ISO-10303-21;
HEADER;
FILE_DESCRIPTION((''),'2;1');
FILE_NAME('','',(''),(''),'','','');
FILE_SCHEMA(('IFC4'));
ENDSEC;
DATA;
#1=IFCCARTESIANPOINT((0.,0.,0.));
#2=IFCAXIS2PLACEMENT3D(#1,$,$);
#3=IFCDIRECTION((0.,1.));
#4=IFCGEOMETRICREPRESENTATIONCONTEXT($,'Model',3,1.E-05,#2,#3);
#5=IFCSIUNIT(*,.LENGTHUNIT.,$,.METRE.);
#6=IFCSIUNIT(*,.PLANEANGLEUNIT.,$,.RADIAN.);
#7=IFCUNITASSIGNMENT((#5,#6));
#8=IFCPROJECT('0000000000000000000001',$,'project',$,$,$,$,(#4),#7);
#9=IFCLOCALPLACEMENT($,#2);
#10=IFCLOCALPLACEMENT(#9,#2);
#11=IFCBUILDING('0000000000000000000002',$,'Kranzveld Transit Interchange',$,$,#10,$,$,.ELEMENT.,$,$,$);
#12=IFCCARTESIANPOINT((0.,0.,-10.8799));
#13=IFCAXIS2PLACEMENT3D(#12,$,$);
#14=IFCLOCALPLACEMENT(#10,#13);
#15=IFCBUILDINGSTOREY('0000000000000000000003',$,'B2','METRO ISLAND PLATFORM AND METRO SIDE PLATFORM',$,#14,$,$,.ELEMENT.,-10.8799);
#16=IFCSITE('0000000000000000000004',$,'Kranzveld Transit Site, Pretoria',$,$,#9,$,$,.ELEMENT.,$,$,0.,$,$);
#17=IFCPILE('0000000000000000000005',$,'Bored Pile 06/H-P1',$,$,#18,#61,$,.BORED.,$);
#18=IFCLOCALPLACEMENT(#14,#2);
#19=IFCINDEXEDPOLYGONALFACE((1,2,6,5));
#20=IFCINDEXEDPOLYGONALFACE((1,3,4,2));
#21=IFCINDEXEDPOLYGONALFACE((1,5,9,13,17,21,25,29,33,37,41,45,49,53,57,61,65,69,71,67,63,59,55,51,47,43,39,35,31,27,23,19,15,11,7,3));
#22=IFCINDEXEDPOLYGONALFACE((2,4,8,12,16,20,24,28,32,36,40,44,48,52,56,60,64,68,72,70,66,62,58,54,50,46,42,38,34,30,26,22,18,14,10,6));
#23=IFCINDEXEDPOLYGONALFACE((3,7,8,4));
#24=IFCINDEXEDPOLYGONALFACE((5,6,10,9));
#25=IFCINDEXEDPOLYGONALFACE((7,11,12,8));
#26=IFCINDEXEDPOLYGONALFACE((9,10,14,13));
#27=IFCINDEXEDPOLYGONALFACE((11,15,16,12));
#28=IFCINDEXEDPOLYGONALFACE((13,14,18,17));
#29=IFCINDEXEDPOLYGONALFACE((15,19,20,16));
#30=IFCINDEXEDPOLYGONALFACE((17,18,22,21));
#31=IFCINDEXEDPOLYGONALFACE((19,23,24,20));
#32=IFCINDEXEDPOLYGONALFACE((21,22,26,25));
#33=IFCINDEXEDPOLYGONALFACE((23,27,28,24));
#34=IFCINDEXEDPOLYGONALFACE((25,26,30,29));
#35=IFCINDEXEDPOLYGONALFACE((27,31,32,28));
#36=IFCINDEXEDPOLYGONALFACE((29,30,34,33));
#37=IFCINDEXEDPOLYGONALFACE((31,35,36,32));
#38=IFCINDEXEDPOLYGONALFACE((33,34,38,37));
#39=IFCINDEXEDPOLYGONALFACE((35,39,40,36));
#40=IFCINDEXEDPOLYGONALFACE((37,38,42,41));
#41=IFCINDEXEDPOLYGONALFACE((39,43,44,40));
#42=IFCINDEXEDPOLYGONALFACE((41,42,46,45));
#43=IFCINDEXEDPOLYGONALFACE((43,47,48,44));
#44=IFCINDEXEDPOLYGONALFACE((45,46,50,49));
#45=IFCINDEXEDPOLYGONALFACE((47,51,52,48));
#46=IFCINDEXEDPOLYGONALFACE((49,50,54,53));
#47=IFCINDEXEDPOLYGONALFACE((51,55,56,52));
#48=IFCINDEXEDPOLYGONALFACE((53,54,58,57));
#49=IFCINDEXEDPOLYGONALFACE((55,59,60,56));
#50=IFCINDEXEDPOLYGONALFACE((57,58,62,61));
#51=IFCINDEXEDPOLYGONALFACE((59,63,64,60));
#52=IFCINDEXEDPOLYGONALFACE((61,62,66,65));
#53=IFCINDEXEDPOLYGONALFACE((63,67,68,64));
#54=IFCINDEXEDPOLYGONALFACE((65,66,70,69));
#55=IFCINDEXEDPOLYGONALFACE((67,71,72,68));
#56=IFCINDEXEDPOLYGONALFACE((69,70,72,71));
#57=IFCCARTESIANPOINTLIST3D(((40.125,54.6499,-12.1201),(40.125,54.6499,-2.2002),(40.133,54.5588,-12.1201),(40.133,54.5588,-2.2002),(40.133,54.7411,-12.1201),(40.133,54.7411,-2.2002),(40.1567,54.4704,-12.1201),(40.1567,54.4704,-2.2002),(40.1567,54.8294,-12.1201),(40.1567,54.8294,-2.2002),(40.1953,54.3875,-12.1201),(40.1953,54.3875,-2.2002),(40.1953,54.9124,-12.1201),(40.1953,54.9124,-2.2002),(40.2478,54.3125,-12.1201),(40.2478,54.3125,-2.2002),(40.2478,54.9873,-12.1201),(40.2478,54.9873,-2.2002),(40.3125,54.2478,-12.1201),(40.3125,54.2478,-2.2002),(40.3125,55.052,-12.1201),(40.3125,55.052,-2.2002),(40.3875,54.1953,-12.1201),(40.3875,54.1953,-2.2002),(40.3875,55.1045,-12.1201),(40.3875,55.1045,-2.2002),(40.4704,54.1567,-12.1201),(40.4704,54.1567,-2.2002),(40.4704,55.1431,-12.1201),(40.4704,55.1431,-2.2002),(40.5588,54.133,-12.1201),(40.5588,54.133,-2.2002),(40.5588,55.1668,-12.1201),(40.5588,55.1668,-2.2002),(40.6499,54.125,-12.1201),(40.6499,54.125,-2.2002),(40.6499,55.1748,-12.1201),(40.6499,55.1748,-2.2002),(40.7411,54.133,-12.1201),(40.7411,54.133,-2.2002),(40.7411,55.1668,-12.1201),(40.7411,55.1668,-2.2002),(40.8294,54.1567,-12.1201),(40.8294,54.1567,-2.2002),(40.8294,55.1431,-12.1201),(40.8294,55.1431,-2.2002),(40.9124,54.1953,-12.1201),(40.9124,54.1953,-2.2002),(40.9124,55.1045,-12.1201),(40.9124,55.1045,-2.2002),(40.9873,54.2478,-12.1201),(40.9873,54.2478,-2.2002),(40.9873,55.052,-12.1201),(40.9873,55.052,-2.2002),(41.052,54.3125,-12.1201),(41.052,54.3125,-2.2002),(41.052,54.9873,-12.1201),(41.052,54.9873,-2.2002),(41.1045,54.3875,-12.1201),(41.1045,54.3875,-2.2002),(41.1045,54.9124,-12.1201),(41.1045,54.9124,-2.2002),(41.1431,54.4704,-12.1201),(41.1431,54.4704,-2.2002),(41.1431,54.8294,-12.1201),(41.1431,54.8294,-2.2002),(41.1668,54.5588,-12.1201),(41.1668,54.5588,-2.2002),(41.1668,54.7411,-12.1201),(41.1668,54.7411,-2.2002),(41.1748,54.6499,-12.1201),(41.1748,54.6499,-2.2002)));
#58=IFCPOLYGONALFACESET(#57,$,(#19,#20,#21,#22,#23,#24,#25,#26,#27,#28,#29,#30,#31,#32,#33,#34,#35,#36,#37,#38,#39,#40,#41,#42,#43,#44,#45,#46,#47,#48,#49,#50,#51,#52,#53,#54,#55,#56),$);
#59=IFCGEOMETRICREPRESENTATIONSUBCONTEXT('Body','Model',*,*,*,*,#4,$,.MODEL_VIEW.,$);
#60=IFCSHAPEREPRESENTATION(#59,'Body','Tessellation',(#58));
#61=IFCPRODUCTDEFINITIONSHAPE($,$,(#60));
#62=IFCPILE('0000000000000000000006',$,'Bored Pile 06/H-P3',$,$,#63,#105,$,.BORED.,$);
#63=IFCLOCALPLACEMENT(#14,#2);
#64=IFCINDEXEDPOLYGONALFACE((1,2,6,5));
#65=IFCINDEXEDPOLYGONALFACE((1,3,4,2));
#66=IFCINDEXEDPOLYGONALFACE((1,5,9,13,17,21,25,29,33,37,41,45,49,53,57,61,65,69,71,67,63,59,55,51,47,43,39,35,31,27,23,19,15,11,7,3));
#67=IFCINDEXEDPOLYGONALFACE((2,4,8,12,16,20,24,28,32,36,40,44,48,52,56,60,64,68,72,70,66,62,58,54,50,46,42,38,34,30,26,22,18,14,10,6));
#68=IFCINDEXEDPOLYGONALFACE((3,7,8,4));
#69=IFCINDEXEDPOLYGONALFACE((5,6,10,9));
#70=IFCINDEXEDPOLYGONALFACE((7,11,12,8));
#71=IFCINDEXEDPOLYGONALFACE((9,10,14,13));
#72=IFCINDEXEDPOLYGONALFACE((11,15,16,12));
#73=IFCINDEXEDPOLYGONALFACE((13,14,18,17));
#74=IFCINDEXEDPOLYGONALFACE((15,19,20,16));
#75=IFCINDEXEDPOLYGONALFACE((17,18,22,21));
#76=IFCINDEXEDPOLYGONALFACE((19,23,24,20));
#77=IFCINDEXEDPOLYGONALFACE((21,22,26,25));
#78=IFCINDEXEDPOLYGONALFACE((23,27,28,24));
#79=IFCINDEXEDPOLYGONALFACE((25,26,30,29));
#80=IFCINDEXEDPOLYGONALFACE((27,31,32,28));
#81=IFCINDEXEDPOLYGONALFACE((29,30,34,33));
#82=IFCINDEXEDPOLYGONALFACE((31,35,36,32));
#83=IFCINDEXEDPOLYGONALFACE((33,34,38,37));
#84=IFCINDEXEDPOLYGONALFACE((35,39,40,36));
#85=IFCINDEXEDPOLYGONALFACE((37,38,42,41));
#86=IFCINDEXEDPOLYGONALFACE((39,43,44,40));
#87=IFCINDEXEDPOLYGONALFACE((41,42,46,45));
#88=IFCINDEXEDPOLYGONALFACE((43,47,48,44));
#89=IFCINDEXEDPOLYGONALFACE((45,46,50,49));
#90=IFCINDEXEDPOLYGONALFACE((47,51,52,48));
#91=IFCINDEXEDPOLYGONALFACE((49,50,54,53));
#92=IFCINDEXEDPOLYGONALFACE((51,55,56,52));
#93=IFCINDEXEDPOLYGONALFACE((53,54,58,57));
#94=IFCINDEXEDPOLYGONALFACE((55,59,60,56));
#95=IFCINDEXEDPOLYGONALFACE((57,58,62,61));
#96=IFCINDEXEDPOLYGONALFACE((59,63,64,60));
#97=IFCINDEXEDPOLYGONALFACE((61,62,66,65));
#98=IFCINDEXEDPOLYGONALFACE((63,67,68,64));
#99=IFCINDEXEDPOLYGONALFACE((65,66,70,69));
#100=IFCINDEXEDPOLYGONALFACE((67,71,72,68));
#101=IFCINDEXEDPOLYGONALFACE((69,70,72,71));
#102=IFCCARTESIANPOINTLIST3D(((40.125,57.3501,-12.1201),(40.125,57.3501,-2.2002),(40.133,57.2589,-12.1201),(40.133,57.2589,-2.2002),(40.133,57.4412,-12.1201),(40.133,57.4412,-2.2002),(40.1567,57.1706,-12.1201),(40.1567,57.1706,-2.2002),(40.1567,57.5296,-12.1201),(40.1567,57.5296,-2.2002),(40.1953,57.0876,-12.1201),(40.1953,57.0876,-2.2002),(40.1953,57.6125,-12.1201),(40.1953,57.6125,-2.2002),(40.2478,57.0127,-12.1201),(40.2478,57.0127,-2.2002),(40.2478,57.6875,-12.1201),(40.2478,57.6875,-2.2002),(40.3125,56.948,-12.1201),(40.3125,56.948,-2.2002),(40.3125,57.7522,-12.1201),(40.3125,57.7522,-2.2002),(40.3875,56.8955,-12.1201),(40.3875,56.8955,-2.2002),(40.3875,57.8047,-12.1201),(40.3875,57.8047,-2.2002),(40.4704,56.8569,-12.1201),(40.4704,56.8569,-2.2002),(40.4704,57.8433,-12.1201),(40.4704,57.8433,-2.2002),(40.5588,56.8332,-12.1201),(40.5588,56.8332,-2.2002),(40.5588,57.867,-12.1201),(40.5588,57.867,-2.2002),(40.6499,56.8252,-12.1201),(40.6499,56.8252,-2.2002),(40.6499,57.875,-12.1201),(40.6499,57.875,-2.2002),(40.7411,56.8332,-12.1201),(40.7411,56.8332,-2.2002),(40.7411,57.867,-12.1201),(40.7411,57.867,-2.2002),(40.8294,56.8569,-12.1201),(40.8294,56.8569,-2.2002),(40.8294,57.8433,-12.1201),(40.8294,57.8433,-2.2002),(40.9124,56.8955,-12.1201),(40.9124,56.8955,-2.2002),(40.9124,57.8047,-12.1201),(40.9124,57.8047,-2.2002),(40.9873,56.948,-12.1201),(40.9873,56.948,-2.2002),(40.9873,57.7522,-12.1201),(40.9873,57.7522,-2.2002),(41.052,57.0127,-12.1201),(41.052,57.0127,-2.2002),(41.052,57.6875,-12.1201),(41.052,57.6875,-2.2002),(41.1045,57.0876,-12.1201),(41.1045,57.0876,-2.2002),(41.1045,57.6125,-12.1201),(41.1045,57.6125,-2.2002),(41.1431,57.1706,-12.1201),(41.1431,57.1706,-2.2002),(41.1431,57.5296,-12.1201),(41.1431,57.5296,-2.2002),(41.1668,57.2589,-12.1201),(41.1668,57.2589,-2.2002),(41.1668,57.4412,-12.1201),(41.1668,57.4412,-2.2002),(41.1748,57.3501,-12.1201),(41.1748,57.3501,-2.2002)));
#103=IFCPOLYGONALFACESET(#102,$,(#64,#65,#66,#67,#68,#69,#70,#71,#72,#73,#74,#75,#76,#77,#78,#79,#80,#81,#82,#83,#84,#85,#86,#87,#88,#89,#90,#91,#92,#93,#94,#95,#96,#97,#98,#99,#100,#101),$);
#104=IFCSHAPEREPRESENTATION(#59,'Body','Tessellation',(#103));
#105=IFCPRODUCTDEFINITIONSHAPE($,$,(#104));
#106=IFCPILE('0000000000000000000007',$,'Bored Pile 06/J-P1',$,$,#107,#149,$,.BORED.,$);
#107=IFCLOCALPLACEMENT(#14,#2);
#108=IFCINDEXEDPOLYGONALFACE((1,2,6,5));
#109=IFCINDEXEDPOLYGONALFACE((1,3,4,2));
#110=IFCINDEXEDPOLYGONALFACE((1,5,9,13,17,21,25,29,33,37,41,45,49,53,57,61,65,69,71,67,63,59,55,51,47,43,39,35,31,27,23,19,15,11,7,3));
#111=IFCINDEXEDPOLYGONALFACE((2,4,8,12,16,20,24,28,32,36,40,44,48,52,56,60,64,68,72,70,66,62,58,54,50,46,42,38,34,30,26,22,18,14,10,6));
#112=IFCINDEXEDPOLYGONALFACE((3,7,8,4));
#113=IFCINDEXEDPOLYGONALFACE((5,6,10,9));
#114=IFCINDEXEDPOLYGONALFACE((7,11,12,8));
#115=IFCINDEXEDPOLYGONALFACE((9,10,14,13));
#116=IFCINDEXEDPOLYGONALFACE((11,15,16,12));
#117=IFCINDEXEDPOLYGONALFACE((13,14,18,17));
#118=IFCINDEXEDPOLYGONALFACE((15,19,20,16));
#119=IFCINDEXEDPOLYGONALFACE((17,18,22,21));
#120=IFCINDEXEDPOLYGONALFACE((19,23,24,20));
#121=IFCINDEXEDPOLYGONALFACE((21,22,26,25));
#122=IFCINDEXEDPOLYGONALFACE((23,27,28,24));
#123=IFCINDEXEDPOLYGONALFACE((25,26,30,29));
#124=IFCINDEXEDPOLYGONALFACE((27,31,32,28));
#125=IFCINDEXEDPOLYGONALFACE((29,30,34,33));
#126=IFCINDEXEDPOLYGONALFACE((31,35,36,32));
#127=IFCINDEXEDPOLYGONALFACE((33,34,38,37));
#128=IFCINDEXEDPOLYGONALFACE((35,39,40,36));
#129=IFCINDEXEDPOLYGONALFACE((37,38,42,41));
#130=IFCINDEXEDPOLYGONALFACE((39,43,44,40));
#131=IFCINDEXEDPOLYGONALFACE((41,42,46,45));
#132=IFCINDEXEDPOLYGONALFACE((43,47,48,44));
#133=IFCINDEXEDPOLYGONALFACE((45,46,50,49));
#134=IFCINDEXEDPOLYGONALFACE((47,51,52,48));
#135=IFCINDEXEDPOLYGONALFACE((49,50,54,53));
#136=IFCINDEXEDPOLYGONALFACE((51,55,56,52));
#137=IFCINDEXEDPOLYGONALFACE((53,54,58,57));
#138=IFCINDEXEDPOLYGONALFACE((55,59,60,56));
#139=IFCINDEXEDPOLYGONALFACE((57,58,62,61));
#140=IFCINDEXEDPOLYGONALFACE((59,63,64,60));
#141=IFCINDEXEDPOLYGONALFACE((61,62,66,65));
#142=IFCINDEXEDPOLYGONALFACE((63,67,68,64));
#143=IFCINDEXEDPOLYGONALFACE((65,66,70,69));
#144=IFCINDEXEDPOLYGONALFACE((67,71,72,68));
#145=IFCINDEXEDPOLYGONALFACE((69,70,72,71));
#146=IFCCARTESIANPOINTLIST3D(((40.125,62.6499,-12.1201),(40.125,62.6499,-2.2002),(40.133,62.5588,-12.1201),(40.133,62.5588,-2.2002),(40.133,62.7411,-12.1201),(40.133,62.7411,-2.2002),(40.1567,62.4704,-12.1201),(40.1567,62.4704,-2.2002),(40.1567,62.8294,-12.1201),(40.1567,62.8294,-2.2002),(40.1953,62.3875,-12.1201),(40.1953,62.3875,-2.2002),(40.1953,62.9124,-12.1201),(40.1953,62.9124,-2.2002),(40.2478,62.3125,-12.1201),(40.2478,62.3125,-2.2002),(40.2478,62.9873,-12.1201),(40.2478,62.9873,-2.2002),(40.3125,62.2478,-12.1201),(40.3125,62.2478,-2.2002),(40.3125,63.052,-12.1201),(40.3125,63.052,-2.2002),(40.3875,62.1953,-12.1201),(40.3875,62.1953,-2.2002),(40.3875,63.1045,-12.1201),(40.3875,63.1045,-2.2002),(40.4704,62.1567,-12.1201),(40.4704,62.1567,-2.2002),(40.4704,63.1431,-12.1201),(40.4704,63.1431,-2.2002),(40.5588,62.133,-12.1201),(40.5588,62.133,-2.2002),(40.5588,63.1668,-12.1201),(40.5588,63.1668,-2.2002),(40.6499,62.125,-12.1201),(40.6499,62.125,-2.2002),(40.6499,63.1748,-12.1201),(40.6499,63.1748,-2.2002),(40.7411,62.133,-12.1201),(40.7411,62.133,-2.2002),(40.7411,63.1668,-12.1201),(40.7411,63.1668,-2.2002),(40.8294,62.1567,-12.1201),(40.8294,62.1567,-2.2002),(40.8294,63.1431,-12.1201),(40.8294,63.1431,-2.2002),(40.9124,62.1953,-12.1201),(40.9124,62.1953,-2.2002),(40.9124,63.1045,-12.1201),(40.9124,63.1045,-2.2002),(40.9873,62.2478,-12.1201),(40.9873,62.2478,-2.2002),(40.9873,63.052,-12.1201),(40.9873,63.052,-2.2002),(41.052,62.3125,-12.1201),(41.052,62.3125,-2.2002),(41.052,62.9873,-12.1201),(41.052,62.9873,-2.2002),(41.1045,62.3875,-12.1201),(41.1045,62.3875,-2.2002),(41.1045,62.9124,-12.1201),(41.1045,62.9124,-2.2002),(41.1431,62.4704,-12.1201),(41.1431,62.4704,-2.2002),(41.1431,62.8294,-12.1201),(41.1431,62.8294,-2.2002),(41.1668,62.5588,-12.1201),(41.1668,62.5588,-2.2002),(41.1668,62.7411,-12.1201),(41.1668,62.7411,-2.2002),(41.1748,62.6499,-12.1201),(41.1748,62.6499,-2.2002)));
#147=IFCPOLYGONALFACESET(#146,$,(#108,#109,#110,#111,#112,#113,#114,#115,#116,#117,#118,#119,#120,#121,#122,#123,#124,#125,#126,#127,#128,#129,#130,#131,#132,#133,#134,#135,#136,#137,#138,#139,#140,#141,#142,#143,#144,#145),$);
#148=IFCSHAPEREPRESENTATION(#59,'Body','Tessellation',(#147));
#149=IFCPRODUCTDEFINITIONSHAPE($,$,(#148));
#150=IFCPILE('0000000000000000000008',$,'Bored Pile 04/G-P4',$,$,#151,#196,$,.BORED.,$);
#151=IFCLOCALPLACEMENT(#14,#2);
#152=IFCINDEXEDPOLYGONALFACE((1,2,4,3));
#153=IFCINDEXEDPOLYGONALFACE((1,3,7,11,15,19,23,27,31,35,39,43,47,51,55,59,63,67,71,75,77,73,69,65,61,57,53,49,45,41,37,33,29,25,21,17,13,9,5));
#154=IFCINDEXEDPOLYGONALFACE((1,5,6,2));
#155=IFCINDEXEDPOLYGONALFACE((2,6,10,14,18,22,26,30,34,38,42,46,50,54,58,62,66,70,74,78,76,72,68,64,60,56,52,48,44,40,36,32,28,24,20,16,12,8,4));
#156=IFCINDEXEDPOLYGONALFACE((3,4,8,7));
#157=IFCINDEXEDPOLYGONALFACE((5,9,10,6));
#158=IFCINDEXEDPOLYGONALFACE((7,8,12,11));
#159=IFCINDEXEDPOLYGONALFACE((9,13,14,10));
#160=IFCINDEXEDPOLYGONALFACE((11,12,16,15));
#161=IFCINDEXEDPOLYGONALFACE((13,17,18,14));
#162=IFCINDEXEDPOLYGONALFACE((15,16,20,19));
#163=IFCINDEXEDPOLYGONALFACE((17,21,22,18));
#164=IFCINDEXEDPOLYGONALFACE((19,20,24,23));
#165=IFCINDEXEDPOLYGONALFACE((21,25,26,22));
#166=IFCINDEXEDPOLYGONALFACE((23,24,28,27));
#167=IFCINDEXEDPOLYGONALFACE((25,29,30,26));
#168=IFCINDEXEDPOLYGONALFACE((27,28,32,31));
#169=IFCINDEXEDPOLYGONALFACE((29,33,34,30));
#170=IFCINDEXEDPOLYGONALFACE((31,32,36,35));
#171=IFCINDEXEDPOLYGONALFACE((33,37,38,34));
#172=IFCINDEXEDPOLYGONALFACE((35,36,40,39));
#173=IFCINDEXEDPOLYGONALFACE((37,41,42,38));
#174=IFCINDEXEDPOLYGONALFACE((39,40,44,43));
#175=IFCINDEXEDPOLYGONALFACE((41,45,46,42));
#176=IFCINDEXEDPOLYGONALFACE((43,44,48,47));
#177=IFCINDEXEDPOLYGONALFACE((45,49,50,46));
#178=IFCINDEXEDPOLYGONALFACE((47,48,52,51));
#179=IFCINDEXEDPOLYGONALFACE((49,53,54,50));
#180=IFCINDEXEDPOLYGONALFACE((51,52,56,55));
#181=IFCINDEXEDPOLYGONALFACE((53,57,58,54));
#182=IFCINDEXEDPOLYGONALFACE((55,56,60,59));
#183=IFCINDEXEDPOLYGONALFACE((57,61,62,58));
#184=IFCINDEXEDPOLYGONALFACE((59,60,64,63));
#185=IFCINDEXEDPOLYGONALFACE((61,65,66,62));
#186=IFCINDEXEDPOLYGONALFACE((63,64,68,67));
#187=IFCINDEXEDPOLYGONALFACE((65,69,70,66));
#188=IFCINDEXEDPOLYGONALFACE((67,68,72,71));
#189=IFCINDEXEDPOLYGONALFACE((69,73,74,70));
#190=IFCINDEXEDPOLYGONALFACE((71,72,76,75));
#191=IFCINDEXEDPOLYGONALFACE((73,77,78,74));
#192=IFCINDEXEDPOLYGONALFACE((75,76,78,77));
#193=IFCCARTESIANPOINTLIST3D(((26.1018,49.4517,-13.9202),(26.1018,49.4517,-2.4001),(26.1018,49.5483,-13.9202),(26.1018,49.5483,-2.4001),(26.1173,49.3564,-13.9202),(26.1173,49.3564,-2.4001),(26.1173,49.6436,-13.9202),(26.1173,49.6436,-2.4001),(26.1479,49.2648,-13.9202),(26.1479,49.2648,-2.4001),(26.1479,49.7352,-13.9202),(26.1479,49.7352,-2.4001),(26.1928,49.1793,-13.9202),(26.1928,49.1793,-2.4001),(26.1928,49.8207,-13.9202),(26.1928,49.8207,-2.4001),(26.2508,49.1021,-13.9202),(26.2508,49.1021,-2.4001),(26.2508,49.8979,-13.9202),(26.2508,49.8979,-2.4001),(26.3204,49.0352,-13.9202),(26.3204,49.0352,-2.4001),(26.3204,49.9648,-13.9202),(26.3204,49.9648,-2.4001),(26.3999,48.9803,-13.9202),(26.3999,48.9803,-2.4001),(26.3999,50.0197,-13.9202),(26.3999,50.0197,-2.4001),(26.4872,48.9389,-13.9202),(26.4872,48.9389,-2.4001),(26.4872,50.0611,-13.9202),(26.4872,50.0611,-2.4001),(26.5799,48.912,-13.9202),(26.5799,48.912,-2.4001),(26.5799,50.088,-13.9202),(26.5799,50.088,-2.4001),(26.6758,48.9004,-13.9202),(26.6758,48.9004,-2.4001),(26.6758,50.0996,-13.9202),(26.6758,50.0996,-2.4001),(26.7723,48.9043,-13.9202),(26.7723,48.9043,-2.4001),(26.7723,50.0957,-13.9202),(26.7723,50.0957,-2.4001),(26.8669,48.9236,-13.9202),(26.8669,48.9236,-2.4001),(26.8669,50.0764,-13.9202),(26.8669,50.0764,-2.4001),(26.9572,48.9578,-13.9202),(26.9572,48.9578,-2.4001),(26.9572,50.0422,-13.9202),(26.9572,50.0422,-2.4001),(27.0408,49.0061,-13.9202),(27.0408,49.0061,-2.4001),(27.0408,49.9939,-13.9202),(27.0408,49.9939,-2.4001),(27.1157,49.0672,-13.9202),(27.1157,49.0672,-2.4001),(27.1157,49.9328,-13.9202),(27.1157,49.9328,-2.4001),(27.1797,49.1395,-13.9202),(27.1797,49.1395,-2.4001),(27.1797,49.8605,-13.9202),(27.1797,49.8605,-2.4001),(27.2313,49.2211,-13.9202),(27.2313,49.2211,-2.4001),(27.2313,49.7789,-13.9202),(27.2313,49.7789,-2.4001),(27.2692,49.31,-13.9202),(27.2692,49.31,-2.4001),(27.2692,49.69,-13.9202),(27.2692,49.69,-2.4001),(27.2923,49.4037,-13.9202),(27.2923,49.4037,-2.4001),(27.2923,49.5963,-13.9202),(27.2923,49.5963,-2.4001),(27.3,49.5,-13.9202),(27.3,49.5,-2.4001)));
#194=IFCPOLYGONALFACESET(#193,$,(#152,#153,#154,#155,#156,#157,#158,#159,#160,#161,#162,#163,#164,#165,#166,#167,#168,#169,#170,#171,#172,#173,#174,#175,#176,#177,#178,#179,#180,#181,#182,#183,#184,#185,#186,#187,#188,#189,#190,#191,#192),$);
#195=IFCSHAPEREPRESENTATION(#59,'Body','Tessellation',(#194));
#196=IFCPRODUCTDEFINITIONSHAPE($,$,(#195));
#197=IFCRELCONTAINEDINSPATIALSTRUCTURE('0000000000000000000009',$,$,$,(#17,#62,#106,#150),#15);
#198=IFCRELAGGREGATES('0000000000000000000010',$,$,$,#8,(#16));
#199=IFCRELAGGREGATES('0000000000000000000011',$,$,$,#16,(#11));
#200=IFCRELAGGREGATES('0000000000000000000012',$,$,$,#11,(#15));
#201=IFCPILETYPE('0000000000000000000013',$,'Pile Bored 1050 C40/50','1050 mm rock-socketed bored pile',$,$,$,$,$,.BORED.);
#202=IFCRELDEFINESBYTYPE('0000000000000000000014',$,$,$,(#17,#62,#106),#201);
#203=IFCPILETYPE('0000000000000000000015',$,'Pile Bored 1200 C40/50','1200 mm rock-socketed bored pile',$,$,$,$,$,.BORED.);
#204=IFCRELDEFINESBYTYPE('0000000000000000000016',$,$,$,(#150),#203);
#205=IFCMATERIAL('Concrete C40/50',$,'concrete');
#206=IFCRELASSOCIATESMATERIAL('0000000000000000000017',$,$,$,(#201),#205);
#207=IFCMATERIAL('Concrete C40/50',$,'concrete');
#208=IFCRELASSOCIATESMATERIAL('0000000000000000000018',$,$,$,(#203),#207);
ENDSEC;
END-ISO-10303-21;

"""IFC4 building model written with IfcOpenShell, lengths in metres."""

from ifc_helpers import new_model, si_unit, direction, frame, origin, origin_2d, place, context, subcontext, project, spatial, circle, extrude, material, material_profile, profile_set, type_object, element, save


model = new_model("IFC4")

# Units and contexts
model_context = context("Model", 3, precision=1e-05, world=origin(), true_north=direction((0.0, 1.0)))
body_context = subcontext(model_context, "Body", "Model", "MODEL_VIEW")
ifc_project = project(units=[si_unit("LENGTHUNIT", "METRE"), si_unit("PLANEANGLEUNIT", "RADIAN")], contexts=[model_context])

# Site, building, storey
site_placement = place(None, origin())
site = spatial("IfcSite", under=ifc_project, at=site_placement, Name="Kranzveld Transit Site, Pretoria", CompositionType="ELEMENT", RefElevation=0.0)
building_placement = place(site_placement, origin())
building = spatial("IfcBuilding", under=site, at=building_placement, Name="Kranzveld Transit Interchange", CompositionType="ELEMENT")
storey_placement = place(building_placement, frame((0.0, 0.0, -10.8799)))
storey = spatial("IfcBuildingStorey", under=building, at=storey_placement, Name="B2", Description="METRO ISLAND PLATFORM AND METRO SIDE PLATFORM", CompositionType="ELEMENT", Elevation=-10.8799)

# Piles
ifc_material_1 = material(Name="Concrete C40/50", Category="concrete")
ifc_material_profile_1 = material_profile(ifc_material_1, circle(Radius=0.5249, at=origin_2d()), Name="BORED PILE 1050")
ifc_profile_set_1 = profile_set([ifc_material_profile_1], Name="Concrete C40/50")
pile_type_1 = type_object("IfcPileType", Name="Pile Bored 1050 C40/50", Description="1050 mm rock-socketed bored pile", PredefinedType="BORED", material=ifc_profile_set_1)
for number, where, z_axis, x_axis, name in (
    (1, (40.6499, 54.6499, -2.2002), (0.0, 0.0, -1.0), (1.0, 0.0, 0.0), "Bored Pile 06/H-P1"),
    (2, (40.6499, 57.3501, -2.2002), (0.0, 0.0, -1.0), (1.0, 0.0, 0.0), "Bored Pile 06/H-P3"),
    (3, (40.6499, 62.6499, -2.2002), (0.0, 0.0, -1.0), (1.0, 0.0, 0.0), "Bored Pile 06/J-P1"),
):
    element("IfcPile", number, at=place(storey_placement, frame(where, z_axis=z_axis, x_axis=x_axis)), inside=storey, type_object=pile_type_1, Name=name, PredefinedType="BORED", context=body_context, shape_type="SweptSolid", body=[
        extrude(circle(Radius=0.5249, at=origin_2d()), origin(), (0.0, 0.0, 1.0), 9.9199),
    ])
ifc_material_2 = material(Name="Concrete C40/50", Category="concrete")
ifc_material_profile_2 = material_profile(ifc_material_2, circle(Radius=0.6001, at=origin_2d()), Name="BORED PILE 1200")
ifc_profile_set_2 = profile_set([ifc_material_profile_2], Name="Concrete C40/50")
pile_type_2 = type_object("IfcPileType", Name="Pile Bored 1200 C40/50", Description="1200 mm rock-socketed bored pile", PredefinedType="BORED", material=ifc_profile_set_2)
for number, where, z_axis, x_axis, name in (
    (4, (26.7, 49.5, -2.4001), (0.0, 0.0, -1.0), (1.0, 0.0, 0.0), "Bored Pile 04/G-P4"),
):
    element("IfcPile", number, at=place(storey_placement, frame(where, z_axis=z_axis, x_axis=x_axis)), inside=storey, type_object=pile_type_2, Name=name, PredefinedType="BORED", context=body_context, shape_type="SweptSolid", body=[
        extrude(circle(Radius=0.6001, at=origin_2d()), origin(), (0.0, 0.0, 1.0), 11.52),
    ])

save(model, "model.ifc")
